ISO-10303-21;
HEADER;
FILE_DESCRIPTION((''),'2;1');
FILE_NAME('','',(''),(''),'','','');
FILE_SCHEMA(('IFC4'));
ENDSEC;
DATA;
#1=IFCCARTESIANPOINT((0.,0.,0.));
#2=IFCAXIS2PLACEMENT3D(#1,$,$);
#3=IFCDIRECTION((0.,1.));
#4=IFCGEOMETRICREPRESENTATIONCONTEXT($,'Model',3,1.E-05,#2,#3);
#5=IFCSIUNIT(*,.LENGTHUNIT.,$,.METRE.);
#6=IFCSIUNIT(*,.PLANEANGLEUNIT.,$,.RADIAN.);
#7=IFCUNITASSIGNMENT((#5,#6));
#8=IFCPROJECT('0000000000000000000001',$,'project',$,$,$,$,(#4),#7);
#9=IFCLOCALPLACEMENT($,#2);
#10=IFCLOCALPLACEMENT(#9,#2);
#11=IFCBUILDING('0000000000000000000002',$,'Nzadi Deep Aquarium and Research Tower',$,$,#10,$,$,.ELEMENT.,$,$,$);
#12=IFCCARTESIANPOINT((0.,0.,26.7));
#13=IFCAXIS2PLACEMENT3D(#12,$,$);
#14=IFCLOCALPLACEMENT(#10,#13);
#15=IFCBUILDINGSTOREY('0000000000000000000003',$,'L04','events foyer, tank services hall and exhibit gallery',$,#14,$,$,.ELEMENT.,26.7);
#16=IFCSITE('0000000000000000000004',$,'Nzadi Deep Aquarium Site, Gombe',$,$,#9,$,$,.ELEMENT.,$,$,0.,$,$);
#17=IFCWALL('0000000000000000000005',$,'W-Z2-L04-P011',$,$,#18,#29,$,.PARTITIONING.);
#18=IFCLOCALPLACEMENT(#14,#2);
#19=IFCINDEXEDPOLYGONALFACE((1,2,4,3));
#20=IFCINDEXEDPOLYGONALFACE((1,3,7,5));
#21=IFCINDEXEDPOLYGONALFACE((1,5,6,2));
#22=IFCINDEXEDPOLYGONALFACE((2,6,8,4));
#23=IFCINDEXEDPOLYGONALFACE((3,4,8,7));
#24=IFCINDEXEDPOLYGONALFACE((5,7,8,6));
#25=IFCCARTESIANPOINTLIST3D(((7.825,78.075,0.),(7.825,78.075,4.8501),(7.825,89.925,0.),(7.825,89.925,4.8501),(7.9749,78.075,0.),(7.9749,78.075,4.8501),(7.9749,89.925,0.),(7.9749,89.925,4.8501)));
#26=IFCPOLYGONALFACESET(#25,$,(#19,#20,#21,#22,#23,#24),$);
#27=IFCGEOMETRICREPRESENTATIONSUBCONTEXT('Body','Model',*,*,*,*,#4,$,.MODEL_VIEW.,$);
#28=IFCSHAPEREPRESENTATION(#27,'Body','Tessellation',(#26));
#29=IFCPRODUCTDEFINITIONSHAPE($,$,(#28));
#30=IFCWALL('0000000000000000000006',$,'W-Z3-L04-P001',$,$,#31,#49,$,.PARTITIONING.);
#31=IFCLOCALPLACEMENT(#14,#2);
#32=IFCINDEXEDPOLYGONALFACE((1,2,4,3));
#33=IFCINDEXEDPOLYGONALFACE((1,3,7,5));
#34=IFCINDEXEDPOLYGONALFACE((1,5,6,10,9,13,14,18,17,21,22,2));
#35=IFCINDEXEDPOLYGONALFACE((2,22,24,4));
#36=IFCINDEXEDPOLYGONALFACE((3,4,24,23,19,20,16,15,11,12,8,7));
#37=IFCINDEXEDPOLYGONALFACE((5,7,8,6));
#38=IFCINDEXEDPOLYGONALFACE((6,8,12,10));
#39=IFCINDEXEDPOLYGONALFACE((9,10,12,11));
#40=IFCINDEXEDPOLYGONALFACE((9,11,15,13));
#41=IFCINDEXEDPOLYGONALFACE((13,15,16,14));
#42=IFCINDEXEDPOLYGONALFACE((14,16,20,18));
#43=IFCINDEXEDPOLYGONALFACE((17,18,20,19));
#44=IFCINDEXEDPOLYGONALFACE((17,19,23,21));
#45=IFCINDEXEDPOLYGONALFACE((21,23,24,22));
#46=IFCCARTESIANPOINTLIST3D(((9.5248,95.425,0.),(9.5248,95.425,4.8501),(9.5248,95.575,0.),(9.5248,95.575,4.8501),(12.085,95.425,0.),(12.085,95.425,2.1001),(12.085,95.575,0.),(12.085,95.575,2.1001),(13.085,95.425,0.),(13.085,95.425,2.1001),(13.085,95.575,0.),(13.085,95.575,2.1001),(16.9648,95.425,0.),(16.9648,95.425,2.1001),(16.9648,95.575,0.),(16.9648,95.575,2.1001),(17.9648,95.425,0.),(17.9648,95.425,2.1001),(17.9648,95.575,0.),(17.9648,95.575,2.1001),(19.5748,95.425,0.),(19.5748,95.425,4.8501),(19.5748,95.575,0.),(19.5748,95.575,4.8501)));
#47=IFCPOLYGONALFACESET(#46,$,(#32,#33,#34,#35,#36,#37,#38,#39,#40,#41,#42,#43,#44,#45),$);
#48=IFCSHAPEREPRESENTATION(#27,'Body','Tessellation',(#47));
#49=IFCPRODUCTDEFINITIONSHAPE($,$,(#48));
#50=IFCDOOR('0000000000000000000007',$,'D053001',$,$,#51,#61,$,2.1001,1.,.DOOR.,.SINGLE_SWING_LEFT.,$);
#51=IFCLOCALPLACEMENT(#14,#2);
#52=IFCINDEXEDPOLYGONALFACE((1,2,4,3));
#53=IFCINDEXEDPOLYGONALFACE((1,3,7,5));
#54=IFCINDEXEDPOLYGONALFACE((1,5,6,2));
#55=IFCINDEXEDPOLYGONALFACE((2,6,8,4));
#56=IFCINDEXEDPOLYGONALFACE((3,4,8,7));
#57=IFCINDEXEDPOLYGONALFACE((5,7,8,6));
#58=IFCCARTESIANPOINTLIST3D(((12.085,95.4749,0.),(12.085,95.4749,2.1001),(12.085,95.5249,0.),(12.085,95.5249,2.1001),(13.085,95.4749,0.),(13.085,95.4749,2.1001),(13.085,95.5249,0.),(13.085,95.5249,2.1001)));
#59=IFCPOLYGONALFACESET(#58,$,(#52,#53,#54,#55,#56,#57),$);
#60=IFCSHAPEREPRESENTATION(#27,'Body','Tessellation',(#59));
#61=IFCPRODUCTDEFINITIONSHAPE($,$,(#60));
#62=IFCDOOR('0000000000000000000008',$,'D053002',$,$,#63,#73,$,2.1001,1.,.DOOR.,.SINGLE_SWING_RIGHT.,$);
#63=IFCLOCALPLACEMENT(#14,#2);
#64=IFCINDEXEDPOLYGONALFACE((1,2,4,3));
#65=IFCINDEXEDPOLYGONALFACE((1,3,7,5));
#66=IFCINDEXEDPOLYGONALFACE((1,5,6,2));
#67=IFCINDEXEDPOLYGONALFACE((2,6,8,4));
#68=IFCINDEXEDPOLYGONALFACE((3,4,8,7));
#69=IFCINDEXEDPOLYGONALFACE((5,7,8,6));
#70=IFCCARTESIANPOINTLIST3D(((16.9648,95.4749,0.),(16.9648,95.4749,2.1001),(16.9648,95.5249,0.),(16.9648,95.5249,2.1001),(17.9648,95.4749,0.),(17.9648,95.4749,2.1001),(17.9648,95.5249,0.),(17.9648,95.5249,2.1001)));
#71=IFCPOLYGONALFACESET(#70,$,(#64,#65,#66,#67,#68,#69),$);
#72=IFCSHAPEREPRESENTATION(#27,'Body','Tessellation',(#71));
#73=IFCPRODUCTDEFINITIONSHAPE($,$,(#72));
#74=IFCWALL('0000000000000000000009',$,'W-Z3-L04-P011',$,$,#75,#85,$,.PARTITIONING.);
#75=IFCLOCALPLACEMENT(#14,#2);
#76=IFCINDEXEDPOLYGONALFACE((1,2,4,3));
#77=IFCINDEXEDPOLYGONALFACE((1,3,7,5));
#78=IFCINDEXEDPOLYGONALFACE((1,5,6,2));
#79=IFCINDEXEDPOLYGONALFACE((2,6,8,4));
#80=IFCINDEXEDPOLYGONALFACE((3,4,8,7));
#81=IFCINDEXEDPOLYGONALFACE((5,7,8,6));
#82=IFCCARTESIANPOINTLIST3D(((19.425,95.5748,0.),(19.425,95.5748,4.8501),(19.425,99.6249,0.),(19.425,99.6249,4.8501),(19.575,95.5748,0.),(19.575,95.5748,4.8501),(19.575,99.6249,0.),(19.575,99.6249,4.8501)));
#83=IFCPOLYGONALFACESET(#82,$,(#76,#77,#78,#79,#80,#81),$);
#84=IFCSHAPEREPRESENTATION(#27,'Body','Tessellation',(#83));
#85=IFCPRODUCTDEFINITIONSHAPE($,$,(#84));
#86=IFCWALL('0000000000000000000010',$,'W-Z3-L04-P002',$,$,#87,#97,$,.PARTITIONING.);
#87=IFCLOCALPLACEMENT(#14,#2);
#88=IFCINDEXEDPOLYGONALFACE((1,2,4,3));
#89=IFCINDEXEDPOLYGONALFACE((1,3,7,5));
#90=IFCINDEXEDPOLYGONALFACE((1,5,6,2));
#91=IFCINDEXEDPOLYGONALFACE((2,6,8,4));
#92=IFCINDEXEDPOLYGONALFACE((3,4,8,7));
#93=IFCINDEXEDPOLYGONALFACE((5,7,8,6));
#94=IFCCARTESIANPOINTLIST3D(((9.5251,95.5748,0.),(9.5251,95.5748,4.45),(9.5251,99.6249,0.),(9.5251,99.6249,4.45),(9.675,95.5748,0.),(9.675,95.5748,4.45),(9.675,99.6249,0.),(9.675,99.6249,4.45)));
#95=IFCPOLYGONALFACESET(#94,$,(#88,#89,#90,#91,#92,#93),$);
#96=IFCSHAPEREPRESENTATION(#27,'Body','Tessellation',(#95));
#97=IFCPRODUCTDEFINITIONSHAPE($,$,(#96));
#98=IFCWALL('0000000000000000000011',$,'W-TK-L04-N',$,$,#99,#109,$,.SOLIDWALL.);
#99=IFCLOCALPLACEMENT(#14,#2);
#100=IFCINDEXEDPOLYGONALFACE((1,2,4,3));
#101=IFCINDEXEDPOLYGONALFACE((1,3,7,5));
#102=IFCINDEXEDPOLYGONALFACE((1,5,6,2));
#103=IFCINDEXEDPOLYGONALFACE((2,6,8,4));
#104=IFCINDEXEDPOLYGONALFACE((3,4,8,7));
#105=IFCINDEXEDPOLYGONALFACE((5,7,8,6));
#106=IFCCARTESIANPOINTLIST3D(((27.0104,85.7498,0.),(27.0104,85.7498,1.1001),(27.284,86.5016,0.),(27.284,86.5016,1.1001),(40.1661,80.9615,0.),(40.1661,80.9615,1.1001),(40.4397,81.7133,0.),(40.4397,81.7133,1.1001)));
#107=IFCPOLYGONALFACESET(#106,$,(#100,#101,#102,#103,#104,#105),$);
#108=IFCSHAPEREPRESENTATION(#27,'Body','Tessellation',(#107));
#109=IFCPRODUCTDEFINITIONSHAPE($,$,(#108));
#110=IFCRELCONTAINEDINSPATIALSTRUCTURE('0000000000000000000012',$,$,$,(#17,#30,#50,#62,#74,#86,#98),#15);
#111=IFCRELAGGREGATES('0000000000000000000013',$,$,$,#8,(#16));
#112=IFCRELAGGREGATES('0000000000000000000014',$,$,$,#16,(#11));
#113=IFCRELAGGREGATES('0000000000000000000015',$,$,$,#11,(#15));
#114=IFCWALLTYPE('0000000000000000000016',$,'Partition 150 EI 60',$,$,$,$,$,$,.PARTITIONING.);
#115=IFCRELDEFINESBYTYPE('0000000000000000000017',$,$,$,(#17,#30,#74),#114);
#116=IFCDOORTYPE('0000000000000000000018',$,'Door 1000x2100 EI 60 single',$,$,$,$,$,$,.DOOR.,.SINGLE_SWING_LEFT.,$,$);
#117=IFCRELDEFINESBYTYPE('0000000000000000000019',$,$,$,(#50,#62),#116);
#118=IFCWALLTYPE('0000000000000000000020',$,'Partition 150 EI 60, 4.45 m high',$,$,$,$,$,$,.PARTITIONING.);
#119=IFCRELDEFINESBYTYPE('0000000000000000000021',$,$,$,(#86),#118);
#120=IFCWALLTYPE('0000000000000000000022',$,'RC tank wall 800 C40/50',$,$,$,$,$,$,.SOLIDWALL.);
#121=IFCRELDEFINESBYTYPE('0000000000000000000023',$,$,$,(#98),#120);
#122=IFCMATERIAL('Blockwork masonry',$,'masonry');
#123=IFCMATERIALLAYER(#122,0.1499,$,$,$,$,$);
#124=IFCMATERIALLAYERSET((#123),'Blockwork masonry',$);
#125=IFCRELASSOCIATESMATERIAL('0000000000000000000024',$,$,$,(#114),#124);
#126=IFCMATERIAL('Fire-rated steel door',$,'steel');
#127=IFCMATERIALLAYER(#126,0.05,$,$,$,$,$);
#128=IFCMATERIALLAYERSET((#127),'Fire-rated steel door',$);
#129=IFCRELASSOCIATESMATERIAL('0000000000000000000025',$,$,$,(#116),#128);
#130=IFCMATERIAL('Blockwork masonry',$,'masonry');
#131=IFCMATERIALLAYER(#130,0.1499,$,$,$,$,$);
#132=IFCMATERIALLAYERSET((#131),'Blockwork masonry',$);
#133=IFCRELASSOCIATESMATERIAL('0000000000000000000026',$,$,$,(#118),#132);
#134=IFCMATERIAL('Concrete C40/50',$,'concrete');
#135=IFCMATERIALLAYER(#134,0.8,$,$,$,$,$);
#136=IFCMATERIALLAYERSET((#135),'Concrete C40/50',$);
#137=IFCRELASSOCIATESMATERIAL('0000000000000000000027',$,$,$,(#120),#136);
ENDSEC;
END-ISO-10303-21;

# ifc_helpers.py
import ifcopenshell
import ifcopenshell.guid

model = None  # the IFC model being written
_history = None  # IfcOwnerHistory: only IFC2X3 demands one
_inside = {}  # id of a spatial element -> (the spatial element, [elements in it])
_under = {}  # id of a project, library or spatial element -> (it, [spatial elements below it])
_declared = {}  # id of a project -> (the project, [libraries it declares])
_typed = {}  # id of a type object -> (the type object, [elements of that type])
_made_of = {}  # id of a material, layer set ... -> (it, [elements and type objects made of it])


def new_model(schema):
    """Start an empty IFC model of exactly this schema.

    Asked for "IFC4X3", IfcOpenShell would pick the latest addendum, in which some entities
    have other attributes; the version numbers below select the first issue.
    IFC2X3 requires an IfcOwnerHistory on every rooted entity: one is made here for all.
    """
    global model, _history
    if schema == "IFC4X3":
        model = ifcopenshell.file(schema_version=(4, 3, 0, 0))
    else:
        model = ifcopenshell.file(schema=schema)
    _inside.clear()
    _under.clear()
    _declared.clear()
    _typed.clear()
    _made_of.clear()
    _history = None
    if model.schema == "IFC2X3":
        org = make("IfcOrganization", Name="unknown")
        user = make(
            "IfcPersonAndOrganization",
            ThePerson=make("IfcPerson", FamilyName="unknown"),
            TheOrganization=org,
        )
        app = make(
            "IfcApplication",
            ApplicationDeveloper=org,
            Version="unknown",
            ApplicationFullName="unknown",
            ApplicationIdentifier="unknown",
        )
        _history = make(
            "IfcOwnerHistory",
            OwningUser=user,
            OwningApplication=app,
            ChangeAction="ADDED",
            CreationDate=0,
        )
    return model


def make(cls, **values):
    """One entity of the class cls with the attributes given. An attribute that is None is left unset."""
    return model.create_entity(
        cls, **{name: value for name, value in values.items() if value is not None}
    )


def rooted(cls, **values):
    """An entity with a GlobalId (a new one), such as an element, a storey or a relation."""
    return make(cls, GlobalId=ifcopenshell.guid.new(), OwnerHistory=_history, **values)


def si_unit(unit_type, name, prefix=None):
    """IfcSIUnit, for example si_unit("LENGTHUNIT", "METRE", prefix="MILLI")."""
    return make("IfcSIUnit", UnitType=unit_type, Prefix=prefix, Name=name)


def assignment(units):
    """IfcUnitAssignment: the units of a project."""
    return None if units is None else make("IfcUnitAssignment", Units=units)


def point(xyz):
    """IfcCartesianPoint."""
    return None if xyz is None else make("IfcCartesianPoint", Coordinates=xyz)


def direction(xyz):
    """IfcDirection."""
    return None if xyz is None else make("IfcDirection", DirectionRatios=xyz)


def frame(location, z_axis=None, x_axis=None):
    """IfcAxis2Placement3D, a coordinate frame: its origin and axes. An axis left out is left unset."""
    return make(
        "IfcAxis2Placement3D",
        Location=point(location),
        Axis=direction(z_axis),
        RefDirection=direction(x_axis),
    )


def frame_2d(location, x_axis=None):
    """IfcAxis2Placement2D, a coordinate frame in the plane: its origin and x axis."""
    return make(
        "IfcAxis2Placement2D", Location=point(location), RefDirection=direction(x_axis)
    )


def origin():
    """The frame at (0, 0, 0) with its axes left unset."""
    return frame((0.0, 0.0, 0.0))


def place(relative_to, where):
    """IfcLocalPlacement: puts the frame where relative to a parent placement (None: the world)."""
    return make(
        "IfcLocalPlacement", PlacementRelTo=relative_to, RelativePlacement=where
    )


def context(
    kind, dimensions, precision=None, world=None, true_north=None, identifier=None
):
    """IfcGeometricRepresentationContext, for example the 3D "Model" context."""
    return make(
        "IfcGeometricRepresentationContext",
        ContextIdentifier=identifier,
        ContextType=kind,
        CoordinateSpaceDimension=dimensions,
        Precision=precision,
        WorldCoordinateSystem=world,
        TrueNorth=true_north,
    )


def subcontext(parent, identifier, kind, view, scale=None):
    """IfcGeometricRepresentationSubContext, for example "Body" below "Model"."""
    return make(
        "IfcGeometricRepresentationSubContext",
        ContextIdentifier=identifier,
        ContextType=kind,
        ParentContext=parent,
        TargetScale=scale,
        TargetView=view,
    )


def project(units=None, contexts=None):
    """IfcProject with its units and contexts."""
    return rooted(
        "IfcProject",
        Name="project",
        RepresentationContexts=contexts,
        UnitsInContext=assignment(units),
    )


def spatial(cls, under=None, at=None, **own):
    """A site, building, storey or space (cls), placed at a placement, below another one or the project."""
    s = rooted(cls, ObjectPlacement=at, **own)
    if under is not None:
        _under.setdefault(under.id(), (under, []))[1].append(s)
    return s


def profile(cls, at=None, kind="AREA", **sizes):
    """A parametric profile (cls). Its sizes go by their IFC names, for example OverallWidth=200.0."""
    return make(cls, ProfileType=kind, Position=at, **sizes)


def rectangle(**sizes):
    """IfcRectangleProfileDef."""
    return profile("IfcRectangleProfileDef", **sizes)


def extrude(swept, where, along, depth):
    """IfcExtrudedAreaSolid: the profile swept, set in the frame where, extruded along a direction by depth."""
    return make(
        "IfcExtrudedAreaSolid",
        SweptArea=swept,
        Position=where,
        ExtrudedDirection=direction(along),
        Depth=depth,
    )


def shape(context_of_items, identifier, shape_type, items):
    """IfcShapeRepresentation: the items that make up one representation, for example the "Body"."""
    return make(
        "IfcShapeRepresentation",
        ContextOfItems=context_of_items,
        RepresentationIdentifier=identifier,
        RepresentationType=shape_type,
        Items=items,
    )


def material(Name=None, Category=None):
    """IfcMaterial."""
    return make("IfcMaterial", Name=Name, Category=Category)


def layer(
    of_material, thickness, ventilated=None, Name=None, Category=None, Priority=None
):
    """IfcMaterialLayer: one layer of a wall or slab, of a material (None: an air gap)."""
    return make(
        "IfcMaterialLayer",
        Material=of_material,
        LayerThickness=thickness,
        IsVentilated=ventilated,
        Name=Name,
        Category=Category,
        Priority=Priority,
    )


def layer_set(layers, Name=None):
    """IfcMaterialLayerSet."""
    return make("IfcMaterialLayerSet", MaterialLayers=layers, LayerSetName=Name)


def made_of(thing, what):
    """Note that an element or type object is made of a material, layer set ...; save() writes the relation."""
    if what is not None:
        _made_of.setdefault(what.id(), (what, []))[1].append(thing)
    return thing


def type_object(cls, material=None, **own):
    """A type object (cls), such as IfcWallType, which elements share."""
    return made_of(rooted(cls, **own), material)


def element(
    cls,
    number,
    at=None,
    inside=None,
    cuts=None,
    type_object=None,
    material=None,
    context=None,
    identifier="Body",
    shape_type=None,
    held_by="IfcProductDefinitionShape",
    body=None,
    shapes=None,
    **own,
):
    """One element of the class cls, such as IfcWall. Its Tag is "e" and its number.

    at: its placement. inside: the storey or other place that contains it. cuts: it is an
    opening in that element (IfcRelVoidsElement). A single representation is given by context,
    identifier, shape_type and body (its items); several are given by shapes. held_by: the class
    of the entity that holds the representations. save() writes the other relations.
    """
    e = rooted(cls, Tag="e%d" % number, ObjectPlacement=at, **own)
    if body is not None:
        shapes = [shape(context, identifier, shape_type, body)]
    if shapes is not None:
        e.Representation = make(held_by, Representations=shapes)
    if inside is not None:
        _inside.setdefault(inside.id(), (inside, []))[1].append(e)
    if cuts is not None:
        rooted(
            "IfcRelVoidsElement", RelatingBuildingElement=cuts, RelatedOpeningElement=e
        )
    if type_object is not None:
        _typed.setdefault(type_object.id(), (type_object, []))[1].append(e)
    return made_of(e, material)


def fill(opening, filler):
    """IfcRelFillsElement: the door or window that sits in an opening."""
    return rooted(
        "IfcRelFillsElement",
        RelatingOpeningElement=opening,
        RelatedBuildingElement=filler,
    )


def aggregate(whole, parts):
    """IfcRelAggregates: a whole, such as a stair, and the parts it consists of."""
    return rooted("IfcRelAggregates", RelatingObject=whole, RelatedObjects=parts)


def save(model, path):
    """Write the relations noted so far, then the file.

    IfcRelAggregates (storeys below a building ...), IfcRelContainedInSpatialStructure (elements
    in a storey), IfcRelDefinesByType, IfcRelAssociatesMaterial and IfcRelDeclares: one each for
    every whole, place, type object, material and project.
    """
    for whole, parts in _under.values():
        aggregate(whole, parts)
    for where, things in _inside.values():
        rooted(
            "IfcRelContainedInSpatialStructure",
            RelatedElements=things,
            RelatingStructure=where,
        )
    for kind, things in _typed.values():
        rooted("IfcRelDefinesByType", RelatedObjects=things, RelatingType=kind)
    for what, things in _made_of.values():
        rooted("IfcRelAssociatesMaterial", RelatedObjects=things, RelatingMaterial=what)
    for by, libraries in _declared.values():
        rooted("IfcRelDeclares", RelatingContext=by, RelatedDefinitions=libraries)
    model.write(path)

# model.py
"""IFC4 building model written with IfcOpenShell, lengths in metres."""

from ifc_helpers import new_model, si_unit, direction, frame, frame_2d, origin, place, context, subcontext, project, spatial, rectangle, extrude, material, layer, layer_set, type_object, element, fill, save


model = new_model("IFC4")

# Units and contexts
model_context = context("Model", 3, precision=1e-05, world=origin(), true_north=direction((0.0, 1.0)))
body_context = subcontext(model_context, "Body", "Model", "MODEL_VIEW")
ifc_project = project(units=[si_unit("LENGTHUNIT", "METRE"), si_unit("PLANEANGLEUNIT", "RADIAN")], contexts=[model_context])

# Site, building, storey
site_placement = place(None, origin())
site = spatial("IfcSite", under=ifc_project, at=site_placement, Name="Nzadi Deep Aquarium Site, Gombe", CompositionType="ELEMENT", RefElevation=0.0)
building_placement = place(site_placement, origin())
building = spatial("IfcBuilding", under=site, at=building_placement, Name="Nzadi Deep Aquarium and Research Tower", CompositionType="ELEMENT")
storey_placement = place(building_placement, frame((0.0, 0.0, 26.7)))
storey = spatial("IfcBuildingStorey", under=building, at=storey_placement, Name="L04", Description="events foyer, tank services hall and exhibit gallery", CompositionType="ELEMENT", Elevation=26.7)

# Wall
ifc_material_1 = material(Name="Blockwork masonry", Category="masonry")
ifc_layer_1 = layer(ifc_material_1, 0.1499)
ifc_layer_set_1 = layer_set([ifc_layer_1], Name="Blockwork masonry")
wall_type_1 = type_object("IfcWallType", Name="Partition 150 EI 60", PredefinedType="PARTITIONING", material=ifc_layer_set_1)
wall_1_placement = place(storey_placement, frame((7.8999, 78.075, 0.0), z_axis=(0.0, 0.0, 1.0), x_axis=(0.0, 1.0, 0.0)))
element("IfcWall", 1, at=wall_1_placement, inside=storey, type_object=wall_type_1, Name="W-Z2-L04-P011", PredefinedType="PARTITIONING", context=body_context, shape_type="SweptSolid", body=[
    extrude(rectangle(XDim=11.8501, YDim=0.1499, at=frame_2d((5.925, 0.0))), origin(), (0.0, 0.0, 1.0), 4.8501),
])

# Wall, openings, doors
wall_2_placement = place(storey_placement, frame((9.5249, 95.5, 0.0), z_axis=(0.0, 0.0, 1.0), x_axis=(1.0, 0.0, 0.0)))
wall_2 = element("IfcWall", 2, at=wall_2_placement, inside=storey, type_object=wall_type_1, Name="W-Z3-L04-P001", PredefinedType="PARTITIONING", context=body_context, shape_type="SweptSolid", body=[
    extrude(rectangle(XDim=10.05, YDim=0.1499, at=frame_2d((5.0249, 0.0))), origin(), (0.0, 0.0, 1.0), 4.8501),
])
opening_1_placement = place(wall_2_placement, frame((2.5601, 0.0, 0.0)))
opening_1 = element("IfcOpeningElement", 3, at=opening_1_placement, cuts=wall_2, PredefinedType="OPENING", context=body_context, shape_type="SweptSolid", body=[
    extrude(rectangle(XDim=1.0, YDim=2.1001, at=frame_2d((0.5, 1.05))), frame((0.0, 0.085, 0.0), z_axis=(0.0, -1.0, 0.0), x_axis=(1.0, 0.0, 0.0)), (0.0, 0.0, 1.0), 0.1699),
])
opening_2_placement = place(wall_2_placement, frame((7.4399, 0.0, 0.0)))
opening_2 = element("IfcOpeningElement", 4, at=opening_2_placement, cuts=wall_2, PredefinedType="OPENING", context=body_context, shape_type="SweptSolid", body=[
    extrude(rectangle(XDim=1.0, YDim=2.1001, at=frame_2d((0.5, 1.05))), frame((0.0, 0.085, 0.0), z_axis=(0.0, -1.0, 0.0), x_axis=(1.0, 0.0, 0.0)), (0.0, 0.0, 1.0), 0.1699),
])
ifc_material_2 = material(Name="Fire-rated steel door", Category="steel")
ifc_layer_2 = layer(ifc_material_2, 0.05)
ifc_layer_set_2 = layer_set([ifc_layer_2], Name="Fire-rated steel door")
door_type_1 = type_object("IfcDoorType", Name="Door 1000x2100 EI 60 single", OperationType="SINGLE_SWING_LEFT", PredefinedType="DOOR", material=ifc_layer_set_2)
door_1_placement = place(opening_1_placement, origin())
door_1 = element("IfcDoor", 5, at=door_1_placement, inside=storey, type_object=door_type_1, Name="D053001", OperationType="SINGLE_SWING_LEFT", OverallHeight=2.1001, OverallWidth=1.0, PredefinedType="DOOR", context=body_context, shape_type="SweptSolid", body=[
    extrude(rectangle(XDim=1.0, YDim=2.1001, at=frame_2d((0.5, 1.05))), frame((0.0, 0.0249, 0.0), z_axis=(0.0, -1.0, 0.0), x_axis=(1.0, 0.0, 0.0)), (0.0, 0.0, 1.0), 0.05),
])
fill(opening_1, door_1)
door_2_placement = place(opening_2_placement, origin())
door_2 = element("IfcDoor", 6, at=door_2_placement, inside=storey, type_object=door_type_1, Name="D053002", OperationType="SINGLE_SWING_RIGHT", OverallHeight=2.1001, OverallWidth=1.0, PredefinedType="DOOR", context=body_context, shape_type="SweptSolid", body=[
    extrude(rectangle(XDim=1.0, YDim=2.1001, at=frame_2d((0.5, 1.05))), frame((0.0, 0.0249, 0.0), z_axis=(0.0, -1.0, 0.0), x_axis=(1.0, 0.0, 0.0)), (0.0, 0.0, 1.0), 0.05),
])
fill(opening_2, door_2)

# Walls
wall_3_placement = place(storey_placement, frame((19.5, 95.575, 0.0), z_axis=(0.0, 0.0, 1.0), x_axis=(0.0, 1.0, 0.0)))
element("IfcWall", 7, at=wall_3_placement, inside=storey, type_object=wall_type_1, Name="W-Z3-L04-P011", PredefinedType="PARTITIONING", context=body_context, shape_type="SweptSolid", body=[
    extrude(rectangle(XDim=4.05, YDim=0.1499, at=frame_2d((2.0249, 0.0))), origin(), (0.0, 0.0, 1.0), 4.8501),
])
ifc_material_3 = material(Name="Blockwork masonry", Category="masonry")
ifc_layer_3 = layer(ifc_material_3, 0.1499)
ifc_layer_set_3 = layer_set([ifc_layer_3], Name="Blockwork masonry")
wall_type_2 = type_object("IfcWallType", Name="Partition 150 EI 60, 4.45 m high", PredefinedType="PARTITIONING", material=ifc_layer_set_3)
wall_4_placement = place(storey_placement, frame((9.6001, 95.575, 0.0), z_axis=(0.0, 0.0, 1.0), x_axis=(0.0, 1.0, 0.0)))
element("IfcWall", 8, at=wall_4_placement, inside=storey, type_object=wall_type_2, Name="W-Z3-L04-P002", PredefinedType="PARTITIONING", context=body_context, shape_type="SweptSolid", body=[
    extrude(rectangle(XDim=4.05, YDim=0.1499, at=frame_2d((2.0249, 0.0))), origin(), (0.0, 0.0, 1.0), 4.45),
])

# Wall
ifc_material_4 = material(Name="Concrete C40/50", Category="concrete")
ifc_layer_4 = layer(ifc_material_4, 0.8)
ifc_layer_set_4 = layer_set([ifc_layer_4], Name="Concrete C40/50")
wall_type_3 = type_object("IfcWallType", Name="RC tank wall 800 C40/50", PredefinedType="SOLIDWALL", material=ifc_layer_set_4)
wall_5_placement = place(storey_placement, frame((27.1472, 86.1257, 0.0), z_axis=(0.0, 0.0, 1.0), x_axis=(0.939692, -0.342022, 0.0)))
element("IfcWall", 9, at=wall_5_placement, inside=storey, type_object=wall_type_3, Name="W-TK-L04-N", PredefinedType="SOLIDWALL", context=body_context, shape_type="SweptSolid", body=[
    extrude(rectangle(XDim=14.0, YDim=0.8, at=frame_2d((7.0, 0.0))), origin(), (0.0, 0.0, 1.0), 1.1001),
])

save(model, "model.ifc")
